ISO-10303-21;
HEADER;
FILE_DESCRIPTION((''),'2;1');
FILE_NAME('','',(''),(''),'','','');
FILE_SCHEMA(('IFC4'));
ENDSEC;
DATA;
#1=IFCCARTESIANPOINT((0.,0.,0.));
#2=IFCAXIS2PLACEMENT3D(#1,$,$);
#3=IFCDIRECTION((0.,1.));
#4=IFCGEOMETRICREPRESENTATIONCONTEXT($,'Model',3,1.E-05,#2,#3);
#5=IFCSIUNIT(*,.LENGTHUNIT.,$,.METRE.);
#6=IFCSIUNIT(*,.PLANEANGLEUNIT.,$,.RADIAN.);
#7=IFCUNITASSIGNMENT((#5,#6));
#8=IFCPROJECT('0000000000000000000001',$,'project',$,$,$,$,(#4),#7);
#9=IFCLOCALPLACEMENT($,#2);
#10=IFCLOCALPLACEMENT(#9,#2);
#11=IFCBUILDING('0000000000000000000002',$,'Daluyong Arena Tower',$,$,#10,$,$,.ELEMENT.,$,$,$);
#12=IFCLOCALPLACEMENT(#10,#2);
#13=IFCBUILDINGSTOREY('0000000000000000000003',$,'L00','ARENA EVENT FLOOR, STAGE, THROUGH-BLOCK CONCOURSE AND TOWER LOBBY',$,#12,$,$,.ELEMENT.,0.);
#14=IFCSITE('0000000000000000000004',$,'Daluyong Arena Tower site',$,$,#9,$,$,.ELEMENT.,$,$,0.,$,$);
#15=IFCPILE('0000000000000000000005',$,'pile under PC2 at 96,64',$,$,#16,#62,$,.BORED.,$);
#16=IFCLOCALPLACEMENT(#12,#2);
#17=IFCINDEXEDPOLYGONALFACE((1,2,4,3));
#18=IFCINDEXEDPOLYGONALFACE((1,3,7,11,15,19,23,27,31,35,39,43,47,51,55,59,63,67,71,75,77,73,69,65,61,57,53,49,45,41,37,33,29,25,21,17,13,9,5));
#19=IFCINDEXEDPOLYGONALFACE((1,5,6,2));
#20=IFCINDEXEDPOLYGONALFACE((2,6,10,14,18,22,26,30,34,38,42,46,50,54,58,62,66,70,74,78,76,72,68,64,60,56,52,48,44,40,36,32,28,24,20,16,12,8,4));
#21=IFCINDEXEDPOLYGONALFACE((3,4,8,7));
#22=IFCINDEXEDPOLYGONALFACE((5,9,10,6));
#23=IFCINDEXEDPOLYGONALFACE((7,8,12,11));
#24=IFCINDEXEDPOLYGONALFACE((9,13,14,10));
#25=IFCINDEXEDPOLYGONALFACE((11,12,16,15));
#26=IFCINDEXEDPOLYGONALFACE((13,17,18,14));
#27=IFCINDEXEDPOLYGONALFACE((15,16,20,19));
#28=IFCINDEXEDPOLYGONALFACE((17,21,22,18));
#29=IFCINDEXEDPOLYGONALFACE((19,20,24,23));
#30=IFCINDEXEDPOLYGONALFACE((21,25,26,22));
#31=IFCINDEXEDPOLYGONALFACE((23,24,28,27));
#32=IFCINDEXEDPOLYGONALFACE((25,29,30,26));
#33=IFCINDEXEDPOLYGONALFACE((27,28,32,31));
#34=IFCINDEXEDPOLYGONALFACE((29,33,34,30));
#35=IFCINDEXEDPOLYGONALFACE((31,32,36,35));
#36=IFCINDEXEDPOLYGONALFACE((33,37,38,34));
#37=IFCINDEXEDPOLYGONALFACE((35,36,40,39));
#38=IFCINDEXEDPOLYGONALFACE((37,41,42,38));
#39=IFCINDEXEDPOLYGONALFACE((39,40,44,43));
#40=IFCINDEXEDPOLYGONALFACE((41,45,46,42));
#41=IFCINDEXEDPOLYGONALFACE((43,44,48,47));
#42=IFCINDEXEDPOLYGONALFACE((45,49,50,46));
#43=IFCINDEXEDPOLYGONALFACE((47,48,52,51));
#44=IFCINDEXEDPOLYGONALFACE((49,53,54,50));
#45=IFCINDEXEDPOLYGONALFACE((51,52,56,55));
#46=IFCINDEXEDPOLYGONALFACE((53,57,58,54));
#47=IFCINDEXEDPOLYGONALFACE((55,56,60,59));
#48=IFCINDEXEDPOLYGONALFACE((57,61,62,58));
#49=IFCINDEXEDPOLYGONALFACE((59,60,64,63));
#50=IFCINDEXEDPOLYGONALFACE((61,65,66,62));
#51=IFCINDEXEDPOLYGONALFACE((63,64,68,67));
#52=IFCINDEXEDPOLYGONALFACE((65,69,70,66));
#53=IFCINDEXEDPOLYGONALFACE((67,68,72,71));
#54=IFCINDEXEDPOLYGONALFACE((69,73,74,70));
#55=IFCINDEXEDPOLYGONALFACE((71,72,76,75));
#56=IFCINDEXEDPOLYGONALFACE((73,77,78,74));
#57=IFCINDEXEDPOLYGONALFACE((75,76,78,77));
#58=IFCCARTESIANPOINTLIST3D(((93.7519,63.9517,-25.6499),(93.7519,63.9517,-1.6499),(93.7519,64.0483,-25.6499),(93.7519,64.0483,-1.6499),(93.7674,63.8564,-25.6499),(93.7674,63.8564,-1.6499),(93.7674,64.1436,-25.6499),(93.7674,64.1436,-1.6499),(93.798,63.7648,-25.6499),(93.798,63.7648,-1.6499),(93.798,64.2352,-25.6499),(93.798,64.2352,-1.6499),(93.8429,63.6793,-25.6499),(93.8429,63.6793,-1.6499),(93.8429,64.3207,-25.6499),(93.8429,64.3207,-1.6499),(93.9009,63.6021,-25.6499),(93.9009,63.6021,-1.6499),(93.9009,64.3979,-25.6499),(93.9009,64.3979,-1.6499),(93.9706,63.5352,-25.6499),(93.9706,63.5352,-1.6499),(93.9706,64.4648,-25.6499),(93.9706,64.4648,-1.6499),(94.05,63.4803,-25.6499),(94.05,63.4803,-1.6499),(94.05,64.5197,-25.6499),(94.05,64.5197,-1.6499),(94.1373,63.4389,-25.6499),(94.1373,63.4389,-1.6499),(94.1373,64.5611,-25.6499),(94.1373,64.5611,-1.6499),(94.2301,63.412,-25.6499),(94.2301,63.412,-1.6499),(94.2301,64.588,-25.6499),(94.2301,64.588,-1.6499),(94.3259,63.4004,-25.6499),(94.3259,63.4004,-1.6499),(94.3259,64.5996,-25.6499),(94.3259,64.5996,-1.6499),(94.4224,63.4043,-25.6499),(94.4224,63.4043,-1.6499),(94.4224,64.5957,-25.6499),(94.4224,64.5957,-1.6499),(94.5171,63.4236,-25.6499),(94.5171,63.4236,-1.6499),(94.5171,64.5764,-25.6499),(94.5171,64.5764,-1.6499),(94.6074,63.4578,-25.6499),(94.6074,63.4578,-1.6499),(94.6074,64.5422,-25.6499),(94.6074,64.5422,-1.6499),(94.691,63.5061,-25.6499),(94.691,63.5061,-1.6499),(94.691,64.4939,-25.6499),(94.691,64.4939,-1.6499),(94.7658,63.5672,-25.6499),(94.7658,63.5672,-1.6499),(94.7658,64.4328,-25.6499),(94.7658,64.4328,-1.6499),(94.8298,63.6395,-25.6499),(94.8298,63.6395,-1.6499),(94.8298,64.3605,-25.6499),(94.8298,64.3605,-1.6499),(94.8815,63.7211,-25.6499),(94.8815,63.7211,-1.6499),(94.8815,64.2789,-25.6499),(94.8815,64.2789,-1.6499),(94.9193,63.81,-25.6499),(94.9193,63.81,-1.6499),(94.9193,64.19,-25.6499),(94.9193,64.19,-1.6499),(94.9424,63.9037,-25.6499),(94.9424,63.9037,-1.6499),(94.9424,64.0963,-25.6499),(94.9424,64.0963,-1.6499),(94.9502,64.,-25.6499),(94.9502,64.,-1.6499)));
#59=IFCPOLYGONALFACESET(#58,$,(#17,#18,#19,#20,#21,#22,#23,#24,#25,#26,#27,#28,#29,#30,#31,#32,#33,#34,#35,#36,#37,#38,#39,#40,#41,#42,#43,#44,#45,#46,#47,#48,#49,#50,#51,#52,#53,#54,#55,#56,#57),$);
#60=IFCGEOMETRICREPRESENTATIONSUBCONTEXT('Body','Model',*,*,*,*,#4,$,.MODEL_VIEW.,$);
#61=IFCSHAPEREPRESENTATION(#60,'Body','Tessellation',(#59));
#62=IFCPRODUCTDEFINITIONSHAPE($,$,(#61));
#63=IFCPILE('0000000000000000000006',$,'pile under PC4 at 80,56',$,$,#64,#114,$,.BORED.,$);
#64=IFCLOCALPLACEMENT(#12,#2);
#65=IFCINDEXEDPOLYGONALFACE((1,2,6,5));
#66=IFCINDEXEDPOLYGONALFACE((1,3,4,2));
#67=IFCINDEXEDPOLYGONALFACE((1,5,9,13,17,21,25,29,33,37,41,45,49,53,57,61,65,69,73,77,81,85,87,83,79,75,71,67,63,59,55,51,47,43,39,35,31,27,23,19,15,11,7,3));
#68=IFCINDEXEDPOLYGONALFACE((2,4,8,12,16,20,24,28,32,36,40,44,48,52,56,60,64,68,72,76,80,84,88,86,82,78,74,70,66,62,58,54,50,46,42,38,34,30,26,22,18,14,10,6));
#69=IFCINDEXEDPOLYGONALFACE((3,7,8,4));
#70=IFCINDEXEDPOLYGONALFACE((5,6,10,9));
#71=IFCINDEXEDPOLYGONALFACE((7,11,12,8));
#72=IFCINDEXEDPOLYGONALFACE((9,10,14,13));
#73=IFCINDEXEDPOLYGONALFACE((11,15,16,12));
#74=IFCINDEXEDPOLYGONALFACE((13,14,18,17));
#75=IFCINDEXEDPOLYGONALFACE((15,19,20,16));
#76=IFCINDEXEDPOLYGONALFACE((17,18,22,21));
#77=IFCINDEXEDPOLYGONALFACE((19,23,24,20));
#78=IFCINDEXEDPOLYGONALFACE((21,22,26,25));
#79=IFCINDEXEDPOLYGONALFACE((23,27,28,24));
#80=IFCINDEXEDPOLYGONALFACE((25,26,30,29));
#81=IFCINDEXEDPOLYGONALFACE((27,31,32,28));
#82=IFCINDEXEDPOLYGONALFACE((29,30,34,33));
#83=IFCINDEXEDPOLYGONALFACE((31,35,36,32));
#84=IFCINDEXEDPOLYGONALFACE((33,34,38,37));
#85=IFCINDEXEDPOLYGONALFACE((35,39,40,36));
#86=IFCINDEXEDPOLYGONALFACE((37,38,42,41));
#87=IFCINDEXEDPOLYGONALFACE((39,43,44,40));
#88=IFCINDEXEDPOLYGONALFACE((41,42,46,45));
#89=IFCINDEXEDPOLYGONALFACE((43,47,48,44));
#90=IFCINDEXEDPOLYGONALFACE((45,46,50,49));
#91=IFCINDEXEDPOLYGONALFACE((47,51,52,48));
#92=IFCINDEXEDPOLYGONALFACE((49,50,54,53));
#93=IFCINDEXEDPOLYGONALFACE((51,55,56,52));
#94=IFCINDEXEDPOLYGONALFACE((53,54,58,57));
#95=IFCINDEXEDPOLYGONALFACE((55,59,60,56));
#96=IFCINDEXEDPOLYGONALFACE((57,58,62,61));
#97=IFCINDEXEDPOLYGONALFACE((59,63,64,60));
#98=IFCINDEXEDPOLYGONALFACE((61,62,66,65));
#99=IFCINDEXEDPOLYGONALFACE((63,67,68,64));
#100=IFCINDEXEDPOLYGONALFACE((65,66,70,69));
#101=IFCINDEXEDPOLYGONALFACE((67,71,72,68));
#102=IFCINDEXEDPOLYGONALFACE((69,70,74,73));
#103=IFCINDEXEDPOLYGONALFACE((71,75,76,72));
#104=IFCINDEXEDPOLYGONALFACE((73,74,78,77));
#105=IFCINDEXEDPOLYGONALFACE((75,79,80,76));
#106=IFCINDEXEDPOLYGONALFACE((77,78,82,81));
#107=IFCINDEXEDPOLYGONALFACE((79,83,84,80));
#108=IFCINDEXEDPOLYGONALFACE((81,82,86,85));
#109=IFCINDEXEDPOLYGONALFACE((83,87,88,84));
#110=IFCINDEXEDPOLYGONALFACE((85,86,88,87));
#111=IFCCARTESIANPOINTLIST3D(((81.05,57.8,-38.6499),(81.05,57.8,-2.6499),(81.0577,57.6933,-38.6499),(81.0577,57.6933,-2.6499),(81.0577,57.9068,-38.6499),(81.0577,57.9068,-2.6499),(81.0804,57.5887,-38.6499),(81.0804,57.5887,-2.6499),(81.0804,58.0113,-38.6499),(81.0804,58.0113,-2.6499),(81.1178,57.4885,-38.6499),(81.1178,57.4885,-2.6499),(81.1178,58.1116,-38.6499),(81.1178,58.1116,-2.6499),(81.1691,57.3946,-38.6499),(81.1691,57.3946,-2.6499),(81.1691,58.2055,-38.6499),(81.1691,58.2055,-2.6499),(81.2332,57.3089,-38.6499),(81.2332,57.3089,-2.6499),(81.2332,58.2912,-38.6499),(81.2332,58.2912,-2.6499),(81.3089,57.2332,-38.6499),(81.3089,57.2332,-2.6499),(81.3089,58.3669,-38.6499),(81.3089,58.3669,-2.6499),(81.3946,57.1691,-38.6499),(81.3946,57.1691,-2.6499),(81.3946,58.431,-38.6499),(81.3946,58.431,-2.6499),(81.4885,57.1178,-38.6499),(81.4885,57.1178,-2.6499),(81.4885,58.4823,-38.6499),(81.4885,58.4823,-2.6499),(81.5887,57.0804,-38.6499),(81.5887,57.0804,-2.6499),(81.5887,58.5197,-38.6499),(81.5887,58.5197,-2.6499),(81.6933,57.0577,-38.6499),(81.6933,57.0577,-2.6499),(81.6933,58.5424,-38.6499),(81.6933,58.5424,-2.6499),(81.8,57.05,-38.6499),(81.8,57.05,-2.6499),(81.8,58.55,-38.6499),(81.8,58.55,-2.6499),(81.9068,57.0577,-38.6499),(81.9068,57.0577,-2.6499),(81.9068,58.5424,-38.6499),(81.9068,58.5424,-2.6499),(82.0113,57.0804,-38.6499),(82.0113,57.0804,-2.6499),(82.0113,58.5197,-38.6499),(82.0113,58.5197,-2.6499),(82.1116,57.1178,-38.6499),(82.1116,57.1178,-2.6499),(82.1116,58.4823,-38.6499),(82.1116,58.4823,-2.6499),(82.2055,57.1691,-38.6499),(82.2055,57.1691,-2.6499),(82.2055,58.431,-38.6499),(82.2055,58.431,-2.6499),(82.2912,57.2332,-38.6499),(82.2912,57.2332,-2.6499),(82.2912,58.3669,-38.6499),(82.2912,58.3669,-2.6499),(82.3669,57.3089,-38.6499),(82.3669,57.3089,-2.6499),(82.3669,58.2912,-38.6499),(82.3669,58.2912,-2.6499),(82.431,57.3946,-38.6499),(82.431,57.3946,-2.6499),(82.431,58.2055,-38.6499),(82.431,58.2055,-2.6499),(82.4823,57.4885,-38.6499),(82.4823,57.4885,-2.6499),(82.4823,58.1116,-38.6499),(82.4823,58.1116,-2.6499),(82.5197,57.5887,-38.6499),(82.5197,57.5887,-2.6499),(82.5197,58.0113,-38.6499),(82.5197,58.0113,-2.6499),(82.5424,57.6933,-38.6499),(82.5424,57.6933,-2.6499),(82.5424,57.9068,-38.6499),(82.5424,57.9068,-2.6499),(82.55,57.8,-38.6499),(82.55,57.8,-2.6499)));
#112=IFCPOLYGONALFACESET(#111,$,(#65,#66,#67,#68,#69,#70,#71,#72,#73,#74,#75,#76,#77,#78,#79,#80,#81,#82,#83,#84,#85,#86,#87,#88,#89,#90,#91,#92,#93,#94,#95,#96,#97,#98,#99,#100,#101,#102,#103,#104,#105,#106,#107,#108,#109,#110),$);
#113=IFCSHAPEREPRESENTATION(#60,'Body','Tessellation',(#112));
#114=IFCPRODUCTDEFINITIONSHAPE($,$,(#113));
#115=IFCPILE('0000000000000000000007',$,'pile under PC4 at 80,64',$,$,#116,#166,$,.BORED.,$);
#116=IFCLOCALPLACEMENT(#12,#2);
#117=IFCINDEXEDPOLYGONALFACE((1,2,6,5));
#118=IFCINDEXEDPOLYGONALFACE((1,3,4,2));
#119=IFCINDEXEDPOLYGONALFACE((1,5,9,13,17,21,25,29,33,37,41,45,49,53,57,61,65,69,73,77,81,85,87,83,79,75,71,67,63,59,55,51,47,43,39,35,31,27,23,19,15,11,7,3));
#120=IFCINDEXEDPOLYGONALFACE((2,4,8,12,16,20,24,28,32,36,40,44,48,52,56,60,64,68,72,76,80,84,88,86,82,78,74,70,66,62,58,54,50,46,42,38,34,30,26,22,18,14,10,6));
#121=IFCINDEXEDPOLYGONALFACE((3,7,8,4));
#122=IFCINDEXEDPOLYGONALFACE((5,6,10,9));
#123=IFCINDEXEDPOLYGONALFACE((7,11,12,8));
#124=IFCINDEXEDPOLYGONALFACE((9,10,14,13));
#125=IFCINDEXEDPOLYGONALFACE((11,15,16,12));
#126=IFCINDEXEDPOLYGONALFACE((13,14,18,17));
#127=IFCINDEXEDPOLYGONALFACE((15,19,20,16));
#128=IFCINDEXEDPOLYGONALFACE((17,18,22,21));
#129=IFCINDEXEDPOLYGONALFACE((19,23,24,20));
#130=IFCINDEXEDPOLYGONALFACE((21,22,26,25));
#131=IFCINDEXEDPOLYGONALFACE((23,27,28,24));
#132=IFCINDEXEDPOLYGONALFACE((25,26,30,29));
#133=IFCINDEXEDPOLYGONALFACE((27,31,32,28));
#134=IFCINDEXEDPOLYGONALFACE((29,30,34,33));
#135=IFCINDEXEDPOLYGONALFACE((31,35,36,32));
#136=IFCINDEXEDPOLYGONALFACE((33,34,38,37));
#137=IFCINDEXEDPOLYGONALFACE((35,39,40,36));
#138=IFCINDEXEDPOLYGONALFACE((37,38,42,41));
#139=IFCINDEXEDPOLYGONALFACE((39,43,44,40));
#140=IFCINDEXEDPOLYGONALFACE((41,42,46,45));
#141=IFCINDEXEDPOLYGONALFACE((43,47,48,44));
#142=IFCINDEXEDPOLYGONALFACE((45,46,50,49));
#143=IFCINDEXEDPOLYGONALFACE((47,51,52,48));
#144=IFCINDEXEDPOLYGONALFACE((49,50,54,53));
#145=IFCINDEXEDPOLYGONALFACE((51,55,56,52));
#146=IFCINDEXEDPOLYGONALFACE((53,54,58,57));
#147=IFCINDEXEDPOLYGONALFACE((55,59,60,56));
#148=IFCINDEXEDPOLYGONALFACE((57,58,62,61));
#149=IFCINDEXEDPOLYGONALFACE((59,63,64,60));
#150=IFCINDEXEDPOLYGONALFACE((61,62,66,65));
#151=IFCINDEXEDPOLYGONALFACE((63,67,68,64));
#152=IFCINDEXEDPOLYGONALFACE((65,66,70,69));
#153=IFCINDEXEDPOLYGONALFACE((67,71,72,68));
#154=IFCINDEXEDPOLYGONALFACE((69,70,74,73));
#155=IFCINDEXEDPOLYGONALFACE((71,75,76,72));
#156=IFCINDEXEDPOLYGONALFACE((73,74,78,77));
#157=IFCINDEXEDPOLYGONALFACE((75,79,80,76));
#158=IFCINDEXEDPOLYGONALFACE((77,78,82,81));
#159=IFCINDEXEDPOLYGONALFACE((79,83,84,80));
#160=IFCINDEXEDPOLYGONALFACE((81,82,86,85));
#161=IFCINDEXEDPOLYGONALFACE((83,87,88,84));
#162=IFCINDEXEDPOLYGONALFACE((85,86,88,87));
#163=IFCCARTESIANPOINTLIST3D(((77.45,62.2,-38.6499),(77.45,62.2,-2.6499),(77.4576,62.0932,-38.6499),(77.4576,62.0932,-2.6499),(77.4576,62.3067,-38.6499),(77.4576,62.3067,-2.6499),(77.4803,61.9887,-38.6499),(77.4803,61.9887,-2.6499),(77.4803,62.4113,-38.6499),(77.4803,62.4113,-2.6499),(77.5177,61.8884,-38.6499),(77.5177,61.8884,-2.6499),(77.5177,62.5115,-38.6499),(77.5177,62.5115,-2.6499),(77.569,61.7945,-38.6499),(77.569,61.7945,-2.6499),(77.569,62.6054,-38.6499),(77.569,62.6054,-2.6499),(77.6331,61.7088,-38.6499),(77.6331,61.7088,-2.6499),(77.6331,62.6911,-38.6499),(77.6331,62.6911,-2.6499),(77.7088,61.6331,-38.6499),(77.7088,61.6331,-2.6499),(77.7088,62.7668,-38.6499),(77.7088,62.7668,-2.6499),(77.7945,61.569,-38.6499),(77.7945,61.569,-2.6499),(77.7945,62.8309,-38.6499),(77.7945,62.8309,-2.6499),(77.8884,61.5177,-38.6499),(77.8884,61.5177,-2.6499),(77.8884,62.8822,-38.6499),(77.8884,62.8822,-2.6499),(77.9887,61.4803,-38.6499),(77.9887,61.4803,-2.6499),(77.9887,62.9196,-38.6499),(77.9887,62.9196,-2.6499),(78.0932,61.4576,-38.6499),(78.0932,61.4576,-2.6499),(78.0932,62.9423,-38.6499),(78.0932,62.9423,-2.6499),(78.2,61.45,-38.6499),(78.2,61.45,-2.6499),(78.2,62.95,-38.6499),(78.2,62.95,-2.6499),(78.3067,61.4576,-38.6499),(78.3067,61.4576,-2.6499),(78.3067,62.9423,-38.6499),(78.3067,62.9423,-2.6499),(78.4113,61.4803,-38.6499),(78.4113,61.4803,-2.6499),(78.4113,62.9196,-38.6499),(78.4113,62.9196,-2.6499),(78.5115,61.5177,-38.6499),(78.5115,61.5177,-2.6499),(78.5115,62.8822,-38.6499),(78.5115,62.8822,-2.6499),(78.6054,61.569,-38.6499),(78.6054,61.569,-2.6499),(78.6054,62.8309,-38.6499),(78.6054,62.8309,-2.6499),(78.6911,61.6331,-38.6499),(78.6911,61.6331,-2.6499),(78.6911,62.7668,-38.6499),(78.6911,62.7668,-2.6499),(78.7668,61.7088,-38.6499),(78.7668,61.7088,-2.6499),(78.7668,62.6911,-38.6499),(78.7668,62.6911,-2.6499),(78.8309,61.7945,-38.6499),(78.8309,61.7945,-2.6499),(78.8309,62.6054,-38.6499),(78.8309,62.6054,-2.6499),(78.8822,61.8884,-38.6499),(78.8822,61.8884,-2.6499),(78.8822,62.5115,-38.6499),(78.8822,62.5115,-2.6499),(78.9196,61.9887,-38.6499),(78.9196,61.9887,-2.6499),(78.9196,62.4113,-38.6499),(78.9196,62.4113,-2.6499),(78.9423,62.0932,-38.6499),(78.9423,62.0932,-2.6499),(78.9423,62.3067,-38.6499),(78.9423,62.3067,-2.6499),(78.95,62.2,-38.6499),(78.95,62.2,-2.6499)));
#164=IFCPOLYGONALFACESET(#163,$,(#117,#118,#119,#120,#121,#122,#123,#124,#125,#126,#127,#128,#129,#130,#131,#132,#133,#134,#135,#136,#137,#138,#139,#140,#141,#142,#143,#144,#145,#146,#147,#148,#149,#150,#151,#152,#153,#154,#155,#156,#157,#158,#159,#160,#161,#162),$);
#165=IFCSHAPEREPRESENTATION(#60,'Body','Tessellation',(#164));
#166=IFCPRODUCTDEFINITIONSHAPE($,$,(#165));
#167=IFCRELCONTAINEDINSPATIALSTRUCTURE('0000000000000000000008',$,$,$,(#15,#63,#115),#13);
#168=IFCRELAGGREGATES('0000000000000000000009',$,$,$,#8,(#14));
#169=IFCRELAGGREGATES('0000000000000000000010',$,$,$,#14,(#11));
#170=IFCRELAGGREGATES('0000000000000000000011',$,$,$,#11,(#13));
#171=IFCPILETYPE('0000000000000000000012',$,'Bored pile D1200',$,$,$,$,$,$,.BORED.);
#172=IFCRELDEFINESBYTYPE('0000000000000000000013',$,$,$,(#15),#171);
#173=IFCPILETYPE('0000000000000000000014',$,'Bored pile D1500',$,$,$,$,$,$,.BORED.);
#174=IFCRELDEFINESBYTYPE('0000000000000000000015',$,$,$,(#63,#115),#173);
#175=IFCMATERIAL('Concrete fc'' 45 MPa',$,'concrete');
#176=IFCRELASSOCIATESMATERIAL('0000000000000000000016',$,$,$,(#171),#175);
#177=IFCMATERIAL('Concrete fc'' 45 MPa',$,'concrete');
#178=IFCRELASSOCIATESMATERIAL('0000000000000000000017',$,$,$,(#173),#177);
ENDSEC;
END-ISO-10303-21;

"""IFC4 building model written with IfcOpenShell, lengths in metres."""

from ifc_helpers import new_model, si_unit, direction, frame, origin, origin_2d, place, context, subcontext, project, spatial, circle, extrude, material, type_object, element, save


model = new_model("IFC4")

# Units and contexts
model_context = context("Model", 3, precision=1e-05, world=origin(), true_north=direction((0.0, 1.0)))
body_context = subcontext(model_context, "Body", "Model", "MODEL_VIEW")
ifc_project = project(units=[si_unit("LENGTHUNIT", "METRE"), si_unit("PLANEANGLEUNIT", "RADIAN")], contexts=[model_context])

# Site, building, storey
site_placement = place(None, origin())
site = spatial("IfcSite", under=ifc_project, at=site_placement, Name="Daluyong Arena Tower site", CompositionType="ELEMENT", RefElevation=0.0)
building_placement = place(site_placement, origin())
building = spatial("IfcBuilding", under=site, at=building_placement, Name="Daluyong Arena Tower", CompositionType="ELEMENT")
storey_placement = place(building_placement, origin())
storey = spatial("IfcBuildingStorey", under=building, at=storey_placement, Name="L00", Description="ARENA EVENT FLOOR, STAGE, THROUGH-BLOCK CONCOURSE AND TOWER LOBBY", CompositionType="ELEMENT", Elevation=0.0)

# Piles
ifc_material_1 = material(Name="Concrete fc' 45 MPa", Category="concrete")
pile_type_1 = type_object("IfcPileType", Name="Bored pile D1200", PredefinedType="BORED", material=ifc_material_1)
for number, where, z_axis, x_axis, name in (
    (1, (94.3501, 64.0, -1.6499), (0.0, 0.0, -1.0), (1.0, 0.0, 0.0), "pile under PC2 at 96,64"),
):
    element("IfcPile", number, at=place(storey_placement, frame(where, z_axis=z_axis, x_axis=x_axis)), inside=storey, type_object=pile_type_1, Name=name, PredefinedType="BORED", context=body_context, shape_type="SweptSolid", body=[
        extrude(circle(Radius=0.6001, at=origin_2d()), origin(), (0.0, 0.0, 1.0), 24.0),
    ])
ifc_material_2 = material(Name="Concrete fc' 45 MPa", Category="concrete")
pile_type_2 = type_object("IfcPileType", Name="Bored pile D1500", PredefinedType="BORED", material=ifc_material_2)
for number, where, z_axis, x_axis, name in (
    (2, (81.8, 57.8, -2.6499), (0.0, 0.0, -1.0), (1.0, 0.0, 0.0), "pile under PC4 at 80,56"),
    (3, (78.2, 62.2, -2.6499), (0.0, 0.0, -1.0), (1.0, 0.0, 0.0), "pile under PC4 at 80,64"),
):
    element("IfcPile", number, at=place(storey_placement, frame(where, z_axis=z_axis, x_axis=x_axis)), inside=storey, type_object=pile_type_2, Name=name, PredefinedType="BORED", context=body_context, shape_type="SweptSolid", body=[
        extrude(circle(Radius=0.75, at=origin_2d()), origin(), (0.0, 0.0, 1.0), 36.0),
    ])

save(model, "model.ifc")
